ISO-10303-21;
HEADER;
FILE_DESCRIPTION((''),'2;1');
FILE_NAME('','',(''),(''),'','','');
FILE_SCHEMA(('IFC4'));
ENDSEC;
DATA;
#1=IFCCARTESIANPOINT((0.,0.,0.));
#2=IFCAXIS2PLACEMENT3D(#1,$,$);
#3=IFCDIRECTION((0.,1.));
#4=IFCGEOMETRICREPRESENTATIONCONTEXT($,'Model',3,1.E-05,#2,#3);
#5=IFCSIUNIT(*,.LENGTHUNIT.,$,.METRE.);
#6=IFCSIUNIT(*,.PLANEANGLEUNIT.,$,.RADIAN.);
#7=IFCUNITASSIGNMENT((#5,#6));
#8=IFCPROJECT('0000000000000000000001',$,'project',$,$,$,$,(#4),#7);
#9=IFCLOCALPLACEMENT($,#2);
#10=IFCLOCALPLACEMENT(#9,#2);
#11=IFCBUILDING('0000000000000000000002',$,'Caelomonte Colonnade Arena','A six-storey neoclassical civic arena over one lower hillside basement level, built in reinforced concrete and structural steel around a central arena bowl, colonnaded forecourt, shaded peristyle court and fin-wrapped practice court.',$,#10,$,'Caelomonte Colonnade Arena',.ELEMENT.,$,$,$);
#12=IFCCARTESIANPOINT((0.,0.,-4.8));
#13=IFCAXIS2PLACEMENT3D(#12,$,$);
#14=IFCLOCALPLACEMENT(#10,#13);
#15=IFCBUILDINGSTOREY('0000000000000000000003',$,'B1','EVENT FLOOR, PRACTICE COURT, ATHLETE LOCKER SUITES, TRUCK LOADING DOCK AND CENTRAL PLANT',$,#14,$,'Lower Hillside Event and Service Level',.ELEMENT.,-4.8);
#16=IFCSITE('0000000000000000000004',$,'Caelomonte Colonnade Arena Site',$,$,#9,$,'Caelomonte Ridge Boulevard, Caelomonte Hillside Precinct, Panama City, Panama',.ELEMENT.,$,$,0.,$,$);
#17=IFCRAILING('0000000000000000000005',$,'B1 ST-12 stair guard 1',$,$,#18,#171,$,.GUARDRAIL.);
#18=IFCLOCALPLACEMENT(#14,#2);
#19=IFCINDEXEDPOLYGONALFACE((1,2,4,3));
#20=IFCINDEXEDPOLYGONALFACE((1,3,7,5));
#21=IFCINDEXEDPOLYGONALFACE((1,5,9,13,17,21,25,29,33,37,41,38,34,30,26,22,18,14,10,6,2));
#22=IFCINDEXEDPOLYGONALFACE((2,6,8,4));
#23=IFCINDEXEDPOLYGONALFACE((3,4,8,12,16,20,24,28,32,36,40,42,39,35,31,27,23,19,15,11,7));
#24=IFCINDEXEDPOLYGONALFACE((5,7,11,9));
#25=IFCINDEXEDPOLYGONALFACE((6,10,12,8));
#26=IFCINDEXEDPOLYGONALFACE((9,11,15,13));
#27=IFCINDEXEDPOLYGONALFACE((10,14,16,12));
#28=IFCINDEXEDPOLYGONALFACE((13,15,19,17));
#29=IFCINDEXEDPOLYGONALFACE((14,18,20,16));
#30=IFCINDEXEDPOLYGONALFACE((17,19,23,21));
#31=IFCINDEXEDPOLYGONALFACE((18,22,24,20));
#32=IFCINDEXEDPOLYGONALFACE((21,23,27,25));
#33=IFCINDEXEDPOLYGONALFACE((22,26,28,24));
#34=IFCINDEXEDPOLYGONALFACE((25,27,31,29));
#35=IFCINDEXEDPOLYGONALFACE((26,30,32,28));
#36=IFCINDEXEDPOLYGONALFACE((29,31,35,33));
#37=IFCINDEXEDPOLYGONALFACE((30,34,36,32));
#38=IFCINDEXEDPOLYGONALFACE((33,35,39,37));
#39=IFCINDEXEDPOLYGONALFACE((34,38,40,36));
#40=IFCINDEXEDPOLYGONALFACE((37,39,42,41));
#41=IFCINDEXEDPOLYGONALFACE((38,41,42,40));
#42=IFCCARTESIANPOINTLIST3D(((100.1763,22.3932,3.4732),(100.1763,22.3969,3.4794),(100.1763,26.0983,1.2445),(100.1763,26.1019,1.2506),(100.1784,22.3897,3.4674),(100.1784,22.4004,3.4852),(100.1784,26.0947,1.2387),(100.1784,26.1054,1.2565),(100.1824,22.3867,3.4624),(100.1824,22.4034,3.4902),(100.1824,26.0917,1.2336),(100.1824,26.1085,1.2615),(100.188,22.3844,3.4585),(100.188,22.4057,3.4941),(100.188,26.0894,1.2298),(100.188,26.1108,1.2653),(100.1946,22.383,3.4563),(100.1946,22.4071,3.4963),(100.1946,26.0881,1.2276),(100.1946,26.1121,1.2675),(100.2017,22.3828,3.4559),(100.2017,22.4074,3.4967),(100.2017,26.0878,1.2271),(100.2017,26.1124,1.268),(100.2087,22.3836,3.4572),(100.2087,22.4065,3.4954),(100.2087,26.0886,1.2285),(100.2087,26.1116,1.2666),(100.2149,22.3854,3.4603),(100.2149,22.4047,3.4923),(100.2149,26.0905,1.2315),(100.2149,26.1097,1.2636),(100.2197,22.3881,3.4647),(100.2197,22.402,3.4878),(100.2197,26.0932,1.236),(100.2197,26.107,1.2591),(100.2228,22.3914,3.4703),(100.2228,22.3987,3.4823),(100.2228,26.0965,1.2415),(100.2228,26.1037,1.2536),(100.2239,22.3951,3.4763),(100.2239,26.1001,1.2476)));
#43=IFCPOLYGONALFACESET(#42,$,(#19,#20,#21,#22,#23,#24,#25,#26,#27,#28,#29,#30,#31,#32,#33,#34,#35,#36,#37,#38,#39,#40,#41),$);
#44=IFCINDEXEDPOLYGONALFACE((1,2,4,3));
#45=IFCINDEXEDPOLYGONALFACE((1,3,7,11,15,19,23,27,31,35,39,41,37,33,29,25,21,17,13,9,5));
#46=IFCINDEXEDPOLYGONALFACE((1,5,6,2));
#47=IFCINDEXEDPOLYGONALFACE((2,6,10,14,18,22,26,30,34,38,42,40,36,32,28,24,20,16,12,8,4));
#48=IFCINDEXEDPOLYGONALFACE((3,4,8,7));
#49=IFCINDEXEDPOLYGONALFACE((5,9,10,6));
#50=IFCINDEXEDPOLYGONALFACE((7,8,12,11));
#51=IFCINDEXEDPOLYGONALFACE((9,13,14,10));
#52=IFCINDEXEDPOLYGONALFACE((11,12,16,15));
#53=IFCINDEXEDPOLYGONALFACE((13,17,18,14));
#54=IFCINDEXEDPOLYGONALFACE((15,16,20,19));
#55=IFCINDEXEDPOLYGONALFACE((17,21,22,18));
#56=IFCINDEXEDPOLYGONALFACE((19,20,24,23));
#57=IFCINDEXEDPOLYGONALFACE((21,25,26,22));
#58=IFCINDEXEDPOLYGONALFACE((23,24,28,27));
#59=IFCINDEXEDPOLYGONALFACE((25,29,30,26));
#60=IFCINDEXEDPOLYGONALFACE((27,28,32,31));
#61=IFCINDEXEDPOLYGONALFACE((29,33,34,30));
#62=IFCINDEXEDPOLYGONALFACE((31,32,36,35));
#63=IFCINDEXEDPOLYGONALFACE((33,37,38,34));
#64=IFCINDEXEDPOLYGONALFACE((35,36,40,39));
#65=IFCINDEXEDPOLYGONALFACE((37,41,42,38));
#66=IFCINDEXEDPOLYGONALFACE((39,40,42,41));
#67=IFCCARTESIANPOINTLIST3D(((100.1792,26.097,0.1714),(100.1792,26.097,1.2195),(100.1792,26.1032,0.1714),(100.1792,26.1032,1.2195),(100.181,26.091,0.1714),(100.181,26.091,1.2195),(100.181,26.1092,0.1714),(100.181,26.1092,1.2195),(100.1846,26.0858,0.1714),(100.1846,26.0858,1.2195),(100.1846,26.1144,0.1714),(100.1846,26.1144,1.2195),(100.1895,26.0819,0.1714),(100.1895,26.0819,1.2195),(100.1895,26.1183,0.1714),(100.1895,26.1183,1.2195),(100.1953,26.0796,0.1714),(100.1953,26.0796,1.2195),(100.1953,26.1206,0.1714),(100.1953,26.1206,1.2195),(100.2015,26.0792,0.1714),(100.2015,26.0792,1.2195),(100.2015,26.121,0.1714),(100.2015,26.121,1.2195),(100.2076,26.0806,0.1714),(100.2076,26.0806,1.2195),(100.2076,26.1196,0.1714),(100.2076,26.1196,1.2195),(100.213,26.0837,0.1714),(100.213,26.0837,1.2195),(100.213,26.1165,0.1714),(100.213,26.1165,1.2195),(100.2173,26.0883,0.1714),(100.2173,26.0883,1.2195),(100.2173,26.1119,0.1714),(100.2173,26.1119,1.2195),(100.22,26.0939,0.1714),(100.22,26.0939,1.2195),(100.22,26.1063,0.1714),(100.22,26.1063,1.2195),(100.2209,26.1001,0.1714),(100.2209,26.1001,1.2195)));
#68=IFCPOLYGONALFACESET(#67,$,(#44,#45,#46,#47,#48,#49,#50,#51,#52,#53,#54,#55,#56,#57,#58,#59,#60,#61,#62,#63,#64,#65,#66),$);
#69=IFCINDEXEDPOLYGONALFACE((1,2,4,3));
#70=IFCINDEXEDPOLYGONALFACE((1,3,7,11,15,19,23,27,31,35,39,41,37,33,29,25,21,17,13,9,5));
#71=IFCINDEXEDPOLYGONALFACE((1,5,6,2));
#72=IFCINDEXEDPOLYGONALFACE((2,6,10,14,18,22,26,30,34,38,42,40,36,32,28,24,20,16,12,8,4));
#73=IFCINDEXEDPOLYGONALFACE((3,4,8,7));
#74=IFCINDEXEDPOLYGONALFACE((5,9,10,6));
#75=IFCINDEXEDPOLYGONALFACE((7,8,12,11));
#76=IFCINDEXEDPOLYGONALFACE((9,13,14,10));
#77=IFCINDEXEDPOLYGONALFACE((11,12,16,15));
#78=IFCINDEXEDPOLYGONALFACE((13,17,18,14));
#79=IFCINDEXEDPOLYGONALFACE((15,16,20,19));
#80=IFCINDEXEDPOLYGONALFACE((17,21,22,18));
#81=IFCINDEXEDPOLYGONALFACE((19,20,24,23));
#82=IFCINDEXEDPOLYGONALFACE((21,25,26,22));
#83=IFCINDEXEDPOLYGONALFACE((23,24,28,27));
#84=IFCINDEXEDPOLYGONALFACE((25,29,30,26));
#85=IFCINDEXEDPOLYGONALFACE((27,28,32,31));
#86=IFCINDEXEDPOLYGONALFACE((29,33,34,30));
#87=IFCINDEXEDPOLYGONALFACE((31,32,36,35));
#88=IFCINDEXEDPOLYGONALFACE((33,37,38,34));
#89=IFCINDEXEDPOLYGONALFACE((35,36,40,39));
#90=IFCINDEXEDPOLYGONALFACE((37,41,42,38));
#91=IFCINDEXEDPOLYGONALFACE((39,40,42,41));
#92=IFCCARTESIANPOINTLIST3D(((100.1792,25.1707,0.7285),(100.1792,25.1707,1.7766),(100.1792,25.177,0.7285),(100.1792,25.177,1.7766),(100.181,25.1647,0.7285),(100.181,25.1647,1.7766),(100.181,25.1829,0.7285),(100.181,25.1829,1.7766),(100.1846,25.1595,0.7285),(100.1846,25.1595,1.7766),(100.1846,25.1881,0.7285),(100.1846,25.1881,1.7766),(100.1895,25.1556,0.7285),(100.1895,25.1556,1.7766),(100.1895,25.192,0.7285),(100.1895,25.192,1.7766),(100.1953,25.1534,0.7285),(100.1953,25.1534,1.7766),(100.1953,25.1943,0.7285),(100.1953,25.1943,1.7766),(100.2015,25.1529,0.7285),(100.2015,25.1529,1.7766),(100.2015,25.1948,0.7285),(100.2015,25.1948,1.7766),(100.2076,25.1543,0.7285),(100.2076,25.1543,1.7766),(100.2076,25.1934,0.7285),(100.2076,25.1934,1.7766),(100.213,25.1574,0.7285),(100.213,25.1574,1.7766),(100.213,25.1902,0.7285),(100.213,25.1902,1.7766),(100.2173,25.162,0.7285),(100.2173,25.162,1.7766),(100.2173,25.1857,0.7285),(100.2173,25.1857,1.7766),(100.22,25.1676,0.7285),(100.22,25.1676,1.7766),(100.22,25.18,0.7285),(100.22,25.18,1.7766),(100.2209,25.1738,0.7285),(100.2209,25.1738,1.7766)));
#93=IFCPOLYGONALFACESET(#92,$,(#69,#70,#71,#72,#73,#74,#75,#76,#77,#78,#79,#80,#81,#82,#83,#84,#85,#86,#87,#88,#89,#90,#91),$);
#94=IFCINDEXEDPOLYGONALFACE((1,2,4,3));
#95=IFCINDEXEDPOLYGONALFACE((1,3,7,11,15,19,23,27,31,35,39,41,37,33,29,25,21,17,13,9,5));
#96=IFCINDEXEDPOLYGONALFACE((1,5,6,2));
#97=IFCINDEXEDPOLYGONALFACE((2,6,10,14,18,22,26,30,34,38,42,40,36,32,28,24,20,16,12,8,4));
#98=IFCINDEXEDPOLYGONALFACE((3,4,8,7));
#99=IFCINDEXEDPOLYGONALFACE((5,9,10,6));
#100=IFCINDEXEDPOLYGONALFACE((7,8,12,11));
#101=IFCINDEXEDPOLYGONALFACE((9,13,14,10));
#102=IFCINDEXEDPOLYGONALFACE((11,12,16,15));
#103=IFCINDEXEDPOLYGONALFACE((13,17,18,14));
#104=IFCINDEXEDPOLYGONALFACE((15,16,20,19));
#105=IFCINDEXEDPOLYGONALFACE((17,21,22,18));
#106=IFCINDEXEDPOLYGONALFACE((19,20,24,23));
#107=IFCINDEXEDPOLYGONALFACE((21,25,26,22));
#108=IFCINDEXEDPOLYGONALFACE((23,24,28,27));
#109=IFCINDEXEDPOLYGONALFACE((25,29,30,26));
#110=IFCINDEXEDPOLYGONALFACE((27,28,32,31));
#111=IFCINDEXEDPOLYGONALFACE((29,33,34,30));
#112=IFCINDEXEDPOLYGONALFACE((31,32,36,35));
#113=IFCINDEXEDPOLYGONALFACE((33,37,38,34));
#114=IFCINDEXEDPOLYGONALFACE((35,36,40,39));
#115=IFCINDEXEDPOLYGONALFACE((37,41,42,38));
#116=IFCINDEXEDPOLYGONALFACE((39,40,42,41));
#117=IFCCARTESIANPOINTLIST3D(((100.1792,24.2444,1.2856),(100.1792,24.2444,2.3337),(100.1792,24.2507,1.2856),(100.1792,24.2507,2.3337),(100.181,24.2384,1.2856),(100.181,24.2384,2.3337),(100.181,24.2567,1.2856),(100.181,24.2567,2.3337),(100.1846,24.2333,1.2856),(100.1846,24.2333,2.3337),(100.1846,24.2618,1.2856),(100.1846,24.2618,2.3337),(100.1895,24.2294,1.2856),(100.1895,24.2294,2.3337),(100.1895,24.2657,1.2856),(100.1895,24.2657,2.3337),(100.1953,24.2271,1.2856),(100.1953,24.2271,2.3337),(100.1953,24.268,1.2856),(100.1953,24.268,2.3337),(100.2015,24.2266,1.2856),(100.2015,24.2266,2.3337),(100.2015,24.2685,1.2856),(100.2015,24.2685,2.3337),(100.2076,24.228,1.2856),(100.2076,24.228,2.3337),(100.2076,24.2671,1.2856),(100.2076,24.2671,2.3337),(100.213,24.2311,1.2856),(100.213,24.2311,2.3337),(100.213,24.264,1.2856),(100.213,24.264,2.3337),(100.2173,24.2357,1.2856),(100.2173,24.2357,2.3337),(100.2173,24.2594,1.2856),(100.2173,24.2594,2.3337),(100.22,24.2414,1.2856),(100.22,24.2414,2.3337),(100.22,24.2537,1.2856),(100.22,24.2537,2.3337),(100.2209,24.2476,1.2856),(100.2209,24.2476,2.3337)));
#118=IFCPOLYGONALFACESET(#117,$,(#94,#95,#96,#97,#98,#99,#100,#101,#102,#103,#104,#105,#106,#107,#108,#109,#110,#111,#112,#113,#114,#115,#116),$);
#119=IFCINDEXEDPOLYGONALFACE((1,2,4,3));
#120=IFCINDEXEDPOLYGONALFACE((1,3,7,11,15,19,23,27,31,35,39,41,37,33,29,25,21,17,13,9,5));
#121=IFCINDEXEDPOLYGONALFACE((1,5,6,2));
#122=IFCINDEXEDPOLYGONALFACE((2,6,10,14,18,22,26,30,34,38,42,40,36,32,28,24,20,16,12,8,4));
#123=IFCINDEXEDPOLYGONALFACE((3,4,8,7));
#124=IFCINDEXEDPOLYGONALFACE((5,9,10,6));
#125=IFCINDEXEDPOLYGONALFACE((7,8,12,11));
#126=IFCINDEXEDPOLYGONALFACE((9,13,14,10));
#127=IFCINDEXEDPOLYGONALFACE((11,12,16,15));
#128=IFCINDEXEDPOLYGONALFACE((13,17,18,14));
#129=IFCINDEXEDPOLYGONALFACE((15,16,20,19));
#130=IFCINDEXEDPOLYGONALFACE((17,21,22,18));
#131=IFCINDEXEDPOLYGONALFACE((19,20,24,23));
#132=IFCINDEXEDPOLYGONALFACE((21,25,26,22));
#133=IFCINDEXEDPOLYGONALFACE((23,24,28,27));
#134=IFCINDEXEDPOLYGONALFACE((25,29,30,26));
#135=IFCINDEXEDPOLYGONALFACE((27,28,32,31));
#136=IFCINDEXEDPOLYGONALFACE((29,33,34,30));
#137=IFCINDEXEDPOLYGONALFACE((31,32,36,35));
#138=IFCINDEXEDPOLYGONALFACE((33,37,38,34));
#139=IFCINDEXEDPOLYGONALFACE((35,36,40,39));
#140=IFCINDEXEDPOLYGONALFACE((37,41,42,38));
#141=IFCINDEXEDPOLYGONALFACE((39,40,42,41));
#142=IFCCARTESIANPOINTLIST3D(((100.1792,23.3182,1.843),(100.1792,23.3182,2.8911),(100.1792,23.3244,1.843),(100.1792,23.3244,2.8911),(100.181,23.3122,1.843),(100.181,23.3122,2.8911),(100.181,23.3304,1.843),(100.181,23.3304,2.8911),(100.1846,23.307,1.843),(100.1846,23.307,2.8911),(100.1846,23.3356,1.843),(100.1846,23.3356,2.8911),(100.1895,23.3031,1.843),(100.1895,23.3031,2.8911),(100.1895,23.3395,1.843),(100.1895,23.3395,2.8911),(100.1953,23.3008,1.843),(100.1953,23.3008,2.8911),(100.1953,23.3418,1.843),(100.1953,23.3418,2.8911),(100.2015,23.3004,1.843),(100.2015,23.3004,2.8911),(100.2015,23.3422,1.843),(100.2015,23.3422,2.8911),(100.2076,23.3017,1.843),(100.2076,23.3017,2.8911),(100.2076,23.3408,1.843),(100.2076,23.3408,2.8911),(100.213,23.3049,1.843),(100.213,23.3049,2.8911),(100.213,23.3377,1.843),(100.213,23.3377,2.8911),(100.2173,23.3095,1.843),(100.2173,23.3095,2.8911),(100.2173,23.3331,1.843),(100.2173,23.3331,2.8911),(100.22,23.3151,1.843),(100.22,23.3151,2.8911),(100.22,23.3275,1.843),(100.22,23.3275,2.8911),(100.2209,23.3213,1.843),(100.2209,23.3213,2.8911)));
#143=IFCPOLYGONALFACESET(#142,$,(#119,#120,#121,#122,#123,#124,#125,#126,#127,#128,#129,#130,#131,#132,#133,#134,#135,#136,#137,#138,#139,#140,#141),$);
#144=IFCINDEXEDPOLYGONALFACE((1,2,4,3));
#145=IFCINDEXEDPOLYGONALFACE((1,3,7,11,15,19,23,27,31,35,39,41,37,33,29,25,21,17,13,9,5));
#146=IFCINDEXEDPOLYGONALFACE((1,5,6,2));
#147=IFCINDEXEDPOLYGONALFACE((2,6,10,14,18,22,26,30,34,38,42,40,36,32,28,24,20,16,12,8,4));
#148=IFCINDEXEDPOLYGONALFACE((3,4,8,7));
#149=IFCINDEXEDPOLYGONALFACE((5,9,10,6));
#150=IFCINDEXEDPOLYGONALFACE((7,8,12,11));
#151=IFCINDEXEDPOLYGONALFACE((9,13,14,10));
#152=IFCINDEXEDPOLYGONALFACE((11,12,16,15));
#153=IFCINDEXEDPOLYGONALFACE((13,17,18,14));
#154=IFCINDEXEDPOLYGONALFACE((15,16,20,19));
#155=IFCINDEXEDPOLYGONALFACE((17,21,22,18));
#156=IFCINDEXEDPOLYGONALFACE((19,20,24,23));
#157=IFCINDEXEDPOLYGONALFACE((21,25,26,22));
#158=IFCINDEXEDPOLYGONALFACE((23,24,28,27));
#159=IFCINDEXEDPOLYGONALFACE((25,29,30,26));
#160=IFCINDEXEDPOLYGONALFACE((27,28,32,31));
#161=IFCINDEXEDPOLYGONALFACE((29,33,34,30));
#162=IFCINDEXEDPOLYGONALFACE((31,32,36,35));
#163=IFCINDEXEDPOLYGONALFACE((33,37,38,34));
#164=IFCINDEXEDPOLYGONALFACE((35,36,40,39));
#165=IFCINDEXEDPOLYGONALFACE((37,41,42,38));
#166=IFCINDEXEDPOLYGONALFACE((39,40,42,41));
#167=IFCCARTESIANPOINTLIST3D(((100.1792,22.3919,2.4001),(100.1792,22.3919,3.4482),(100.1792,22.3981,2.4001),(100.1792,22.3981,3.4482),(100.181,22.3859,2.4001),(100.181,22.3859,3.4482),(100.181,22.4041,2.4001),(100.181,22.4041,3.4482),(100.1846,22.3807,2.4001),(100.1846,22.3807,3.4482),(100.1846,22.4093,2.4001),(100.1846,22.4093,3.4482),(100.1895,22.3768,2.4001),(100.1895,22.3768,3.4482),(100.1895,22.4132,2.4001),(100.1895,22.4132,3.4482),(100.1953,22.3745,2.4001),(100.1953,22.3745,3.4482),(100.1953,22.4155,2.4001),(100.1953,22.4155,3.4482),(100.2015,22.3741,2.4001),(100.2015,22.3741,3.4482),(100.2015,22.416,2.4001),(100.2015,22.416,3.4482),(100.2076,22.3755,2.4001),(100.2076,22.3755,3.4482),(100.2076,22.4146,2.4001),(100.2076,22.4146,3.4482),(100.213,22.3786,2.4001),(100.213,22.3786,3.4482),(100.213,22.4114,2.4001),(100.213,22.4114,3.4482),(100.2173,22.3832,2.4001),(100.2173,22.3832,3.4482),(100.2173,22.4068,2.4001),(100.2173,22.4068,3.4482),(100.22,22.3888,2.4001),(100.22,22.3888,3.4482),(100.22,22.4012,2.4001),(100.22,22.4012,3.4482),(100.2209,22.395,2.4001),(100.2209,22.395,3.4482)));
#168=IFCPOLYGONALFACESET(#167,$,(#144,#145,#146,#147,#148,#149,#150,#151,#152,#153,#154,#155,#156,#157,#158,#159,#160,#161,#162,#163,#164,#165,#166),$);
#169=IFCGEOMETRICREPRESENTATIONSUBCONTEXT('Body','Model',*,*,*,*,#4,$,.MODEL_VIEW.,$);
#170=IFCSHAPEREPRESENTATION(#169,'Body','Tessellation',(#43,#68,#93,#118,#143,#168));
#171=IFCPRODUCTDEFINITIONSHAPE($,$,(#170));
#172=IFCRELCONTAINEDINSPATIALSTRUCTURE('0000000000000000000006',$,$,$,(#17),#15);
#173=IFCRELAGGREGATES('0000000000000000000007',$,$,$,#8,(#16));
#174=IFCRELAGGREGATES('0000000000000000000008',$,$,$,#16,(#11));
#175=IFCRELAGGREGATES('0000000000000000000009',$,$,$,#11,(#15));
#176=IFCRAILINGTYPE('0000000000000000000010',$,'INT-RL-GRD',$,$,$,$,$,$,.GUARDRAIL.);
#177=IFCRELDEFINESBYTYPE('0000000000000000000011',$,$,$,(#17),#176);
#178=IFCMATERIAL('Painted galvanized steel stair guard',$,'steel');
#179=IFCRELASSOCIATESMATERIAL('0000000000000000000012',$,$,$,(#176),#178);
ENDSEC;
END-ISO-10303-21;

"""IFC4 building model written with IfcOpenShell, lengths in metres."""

from ifc_helpers import new_model, si_unit, direction, frame, origin, origin_2d, place, context, subcontext, project, spatial, circle, extrude, material, type_object, element, save


model = new_model("IFC4")

# Units and contexts
model_context = context("Model", 3, precision=1e-05, world=origin(), true_north=direction((0.0, 1.0)))
body_context = subcontext(model_context, "Body", "Model", "MODEL_VIEW")
ifc_project = project(units=[si_unit("LENGTHUNIT", "METRE"), si_unit("PLANEANGLEUNIT", "RADIAN")], contexts=[model_context])

# Site, building, storey
site_placement = place(None, origin())
site = spatial("IfcSite", under=ifc_project, at=site_placement, Name="Caelomonte Colonnade Arena Site", LongName="Caelomonte Ridge Boulevard, Caelomonte Hillside Precinct, Panama City, Panama", CompositionType="ELEMENT", RefElevation=0.0)
building_placement = place(site_placement, origin())
building = spatial("IfcBuilding", under=site, at=building_placement, Name="Caelomonte Colonnade Arena", Description="A six-storey neoclassical civic arena over one lower hillside basement level, built in reinforced concrete and structural steel around a central arena bowl, colonnaded forecourt, shaded peristyle court and fin-wrapped practice court.", LongName="Caelomonte Colonnade Arena", CompositionType="ELEMENT")
storey_placement = place(building_placement, frame((0.0, 0.0, -4.8)))
storey = spatial("IfcBuildingStorey", under=building, at=storey_placement, Name="B1", Description="EVENT FLOOR, PRACTICE COURT, ATHLETE LOCKER SUITES, TRUCK LOADING DOCK AND CENTRAL PLANT", LongName="Lower Hillside Event and Service Level", CompositionType="ELEMENT", Elevation=-4.8)

# Railing
ifc_material_1 = material(Name="Painted galvanized steel stair guard", Category="steel")
railing_type_1 = type_object("IfcRailingType", Name="INT-RL-GRD", PredefinedType="GUARDRAIL", material=ifc_material_1)
railing_1_placement = place(storey_placement, frame((100.2, 26.1001, 0.1714)))
element("IfcRailing", 1, at=railing_1_placement, inside=storey, type_object=railing_type_1, Name="B1 ST-12 stair guard 1", PredefinedType="GUARDRAIL", context=body_context, shape_type="SweptSolid", body=[
    extrude(circle(Radius=0.0239, at=origin_2d()), frame((0.0, 0.0, 1.0762), z_axis=(0.0, -0.856909, 0.515467), x_axis=(1.0, 0.0, 0.0)), (0.0, 0.0, 1.0), 4.3237),
    extrude(circle(Radius=0.021, at=origin_2d()), origin(), (0.0, 0.0, 1.0), 1.0481),
    extrude(circle(Radius=0.021, at=origin_2d()), frame((0.0, -0.9263, 0.5571)), (0.0, 0.0, 1.0), 1.0481),
    extrude(circle(Radius=0.021, at=origin_2d()), frame((0.0, -1.8525, 1.1143)), (0.0, 0.0, 1.0), 1.0481),
    extrude(circle(Radius=0.021, at=origin_2d()), frame((0.0, -2.7788, 1.6716)), (0.0, 0.0, 1.0), 1.0481),
    extrude(circle(Radius=0.021, at=origin_2d()), frame((0.0, -3.7051, 2.2288)), (0.0, 0.0, 1.0), 1.0481),
])

save(model, "model.ifc")
